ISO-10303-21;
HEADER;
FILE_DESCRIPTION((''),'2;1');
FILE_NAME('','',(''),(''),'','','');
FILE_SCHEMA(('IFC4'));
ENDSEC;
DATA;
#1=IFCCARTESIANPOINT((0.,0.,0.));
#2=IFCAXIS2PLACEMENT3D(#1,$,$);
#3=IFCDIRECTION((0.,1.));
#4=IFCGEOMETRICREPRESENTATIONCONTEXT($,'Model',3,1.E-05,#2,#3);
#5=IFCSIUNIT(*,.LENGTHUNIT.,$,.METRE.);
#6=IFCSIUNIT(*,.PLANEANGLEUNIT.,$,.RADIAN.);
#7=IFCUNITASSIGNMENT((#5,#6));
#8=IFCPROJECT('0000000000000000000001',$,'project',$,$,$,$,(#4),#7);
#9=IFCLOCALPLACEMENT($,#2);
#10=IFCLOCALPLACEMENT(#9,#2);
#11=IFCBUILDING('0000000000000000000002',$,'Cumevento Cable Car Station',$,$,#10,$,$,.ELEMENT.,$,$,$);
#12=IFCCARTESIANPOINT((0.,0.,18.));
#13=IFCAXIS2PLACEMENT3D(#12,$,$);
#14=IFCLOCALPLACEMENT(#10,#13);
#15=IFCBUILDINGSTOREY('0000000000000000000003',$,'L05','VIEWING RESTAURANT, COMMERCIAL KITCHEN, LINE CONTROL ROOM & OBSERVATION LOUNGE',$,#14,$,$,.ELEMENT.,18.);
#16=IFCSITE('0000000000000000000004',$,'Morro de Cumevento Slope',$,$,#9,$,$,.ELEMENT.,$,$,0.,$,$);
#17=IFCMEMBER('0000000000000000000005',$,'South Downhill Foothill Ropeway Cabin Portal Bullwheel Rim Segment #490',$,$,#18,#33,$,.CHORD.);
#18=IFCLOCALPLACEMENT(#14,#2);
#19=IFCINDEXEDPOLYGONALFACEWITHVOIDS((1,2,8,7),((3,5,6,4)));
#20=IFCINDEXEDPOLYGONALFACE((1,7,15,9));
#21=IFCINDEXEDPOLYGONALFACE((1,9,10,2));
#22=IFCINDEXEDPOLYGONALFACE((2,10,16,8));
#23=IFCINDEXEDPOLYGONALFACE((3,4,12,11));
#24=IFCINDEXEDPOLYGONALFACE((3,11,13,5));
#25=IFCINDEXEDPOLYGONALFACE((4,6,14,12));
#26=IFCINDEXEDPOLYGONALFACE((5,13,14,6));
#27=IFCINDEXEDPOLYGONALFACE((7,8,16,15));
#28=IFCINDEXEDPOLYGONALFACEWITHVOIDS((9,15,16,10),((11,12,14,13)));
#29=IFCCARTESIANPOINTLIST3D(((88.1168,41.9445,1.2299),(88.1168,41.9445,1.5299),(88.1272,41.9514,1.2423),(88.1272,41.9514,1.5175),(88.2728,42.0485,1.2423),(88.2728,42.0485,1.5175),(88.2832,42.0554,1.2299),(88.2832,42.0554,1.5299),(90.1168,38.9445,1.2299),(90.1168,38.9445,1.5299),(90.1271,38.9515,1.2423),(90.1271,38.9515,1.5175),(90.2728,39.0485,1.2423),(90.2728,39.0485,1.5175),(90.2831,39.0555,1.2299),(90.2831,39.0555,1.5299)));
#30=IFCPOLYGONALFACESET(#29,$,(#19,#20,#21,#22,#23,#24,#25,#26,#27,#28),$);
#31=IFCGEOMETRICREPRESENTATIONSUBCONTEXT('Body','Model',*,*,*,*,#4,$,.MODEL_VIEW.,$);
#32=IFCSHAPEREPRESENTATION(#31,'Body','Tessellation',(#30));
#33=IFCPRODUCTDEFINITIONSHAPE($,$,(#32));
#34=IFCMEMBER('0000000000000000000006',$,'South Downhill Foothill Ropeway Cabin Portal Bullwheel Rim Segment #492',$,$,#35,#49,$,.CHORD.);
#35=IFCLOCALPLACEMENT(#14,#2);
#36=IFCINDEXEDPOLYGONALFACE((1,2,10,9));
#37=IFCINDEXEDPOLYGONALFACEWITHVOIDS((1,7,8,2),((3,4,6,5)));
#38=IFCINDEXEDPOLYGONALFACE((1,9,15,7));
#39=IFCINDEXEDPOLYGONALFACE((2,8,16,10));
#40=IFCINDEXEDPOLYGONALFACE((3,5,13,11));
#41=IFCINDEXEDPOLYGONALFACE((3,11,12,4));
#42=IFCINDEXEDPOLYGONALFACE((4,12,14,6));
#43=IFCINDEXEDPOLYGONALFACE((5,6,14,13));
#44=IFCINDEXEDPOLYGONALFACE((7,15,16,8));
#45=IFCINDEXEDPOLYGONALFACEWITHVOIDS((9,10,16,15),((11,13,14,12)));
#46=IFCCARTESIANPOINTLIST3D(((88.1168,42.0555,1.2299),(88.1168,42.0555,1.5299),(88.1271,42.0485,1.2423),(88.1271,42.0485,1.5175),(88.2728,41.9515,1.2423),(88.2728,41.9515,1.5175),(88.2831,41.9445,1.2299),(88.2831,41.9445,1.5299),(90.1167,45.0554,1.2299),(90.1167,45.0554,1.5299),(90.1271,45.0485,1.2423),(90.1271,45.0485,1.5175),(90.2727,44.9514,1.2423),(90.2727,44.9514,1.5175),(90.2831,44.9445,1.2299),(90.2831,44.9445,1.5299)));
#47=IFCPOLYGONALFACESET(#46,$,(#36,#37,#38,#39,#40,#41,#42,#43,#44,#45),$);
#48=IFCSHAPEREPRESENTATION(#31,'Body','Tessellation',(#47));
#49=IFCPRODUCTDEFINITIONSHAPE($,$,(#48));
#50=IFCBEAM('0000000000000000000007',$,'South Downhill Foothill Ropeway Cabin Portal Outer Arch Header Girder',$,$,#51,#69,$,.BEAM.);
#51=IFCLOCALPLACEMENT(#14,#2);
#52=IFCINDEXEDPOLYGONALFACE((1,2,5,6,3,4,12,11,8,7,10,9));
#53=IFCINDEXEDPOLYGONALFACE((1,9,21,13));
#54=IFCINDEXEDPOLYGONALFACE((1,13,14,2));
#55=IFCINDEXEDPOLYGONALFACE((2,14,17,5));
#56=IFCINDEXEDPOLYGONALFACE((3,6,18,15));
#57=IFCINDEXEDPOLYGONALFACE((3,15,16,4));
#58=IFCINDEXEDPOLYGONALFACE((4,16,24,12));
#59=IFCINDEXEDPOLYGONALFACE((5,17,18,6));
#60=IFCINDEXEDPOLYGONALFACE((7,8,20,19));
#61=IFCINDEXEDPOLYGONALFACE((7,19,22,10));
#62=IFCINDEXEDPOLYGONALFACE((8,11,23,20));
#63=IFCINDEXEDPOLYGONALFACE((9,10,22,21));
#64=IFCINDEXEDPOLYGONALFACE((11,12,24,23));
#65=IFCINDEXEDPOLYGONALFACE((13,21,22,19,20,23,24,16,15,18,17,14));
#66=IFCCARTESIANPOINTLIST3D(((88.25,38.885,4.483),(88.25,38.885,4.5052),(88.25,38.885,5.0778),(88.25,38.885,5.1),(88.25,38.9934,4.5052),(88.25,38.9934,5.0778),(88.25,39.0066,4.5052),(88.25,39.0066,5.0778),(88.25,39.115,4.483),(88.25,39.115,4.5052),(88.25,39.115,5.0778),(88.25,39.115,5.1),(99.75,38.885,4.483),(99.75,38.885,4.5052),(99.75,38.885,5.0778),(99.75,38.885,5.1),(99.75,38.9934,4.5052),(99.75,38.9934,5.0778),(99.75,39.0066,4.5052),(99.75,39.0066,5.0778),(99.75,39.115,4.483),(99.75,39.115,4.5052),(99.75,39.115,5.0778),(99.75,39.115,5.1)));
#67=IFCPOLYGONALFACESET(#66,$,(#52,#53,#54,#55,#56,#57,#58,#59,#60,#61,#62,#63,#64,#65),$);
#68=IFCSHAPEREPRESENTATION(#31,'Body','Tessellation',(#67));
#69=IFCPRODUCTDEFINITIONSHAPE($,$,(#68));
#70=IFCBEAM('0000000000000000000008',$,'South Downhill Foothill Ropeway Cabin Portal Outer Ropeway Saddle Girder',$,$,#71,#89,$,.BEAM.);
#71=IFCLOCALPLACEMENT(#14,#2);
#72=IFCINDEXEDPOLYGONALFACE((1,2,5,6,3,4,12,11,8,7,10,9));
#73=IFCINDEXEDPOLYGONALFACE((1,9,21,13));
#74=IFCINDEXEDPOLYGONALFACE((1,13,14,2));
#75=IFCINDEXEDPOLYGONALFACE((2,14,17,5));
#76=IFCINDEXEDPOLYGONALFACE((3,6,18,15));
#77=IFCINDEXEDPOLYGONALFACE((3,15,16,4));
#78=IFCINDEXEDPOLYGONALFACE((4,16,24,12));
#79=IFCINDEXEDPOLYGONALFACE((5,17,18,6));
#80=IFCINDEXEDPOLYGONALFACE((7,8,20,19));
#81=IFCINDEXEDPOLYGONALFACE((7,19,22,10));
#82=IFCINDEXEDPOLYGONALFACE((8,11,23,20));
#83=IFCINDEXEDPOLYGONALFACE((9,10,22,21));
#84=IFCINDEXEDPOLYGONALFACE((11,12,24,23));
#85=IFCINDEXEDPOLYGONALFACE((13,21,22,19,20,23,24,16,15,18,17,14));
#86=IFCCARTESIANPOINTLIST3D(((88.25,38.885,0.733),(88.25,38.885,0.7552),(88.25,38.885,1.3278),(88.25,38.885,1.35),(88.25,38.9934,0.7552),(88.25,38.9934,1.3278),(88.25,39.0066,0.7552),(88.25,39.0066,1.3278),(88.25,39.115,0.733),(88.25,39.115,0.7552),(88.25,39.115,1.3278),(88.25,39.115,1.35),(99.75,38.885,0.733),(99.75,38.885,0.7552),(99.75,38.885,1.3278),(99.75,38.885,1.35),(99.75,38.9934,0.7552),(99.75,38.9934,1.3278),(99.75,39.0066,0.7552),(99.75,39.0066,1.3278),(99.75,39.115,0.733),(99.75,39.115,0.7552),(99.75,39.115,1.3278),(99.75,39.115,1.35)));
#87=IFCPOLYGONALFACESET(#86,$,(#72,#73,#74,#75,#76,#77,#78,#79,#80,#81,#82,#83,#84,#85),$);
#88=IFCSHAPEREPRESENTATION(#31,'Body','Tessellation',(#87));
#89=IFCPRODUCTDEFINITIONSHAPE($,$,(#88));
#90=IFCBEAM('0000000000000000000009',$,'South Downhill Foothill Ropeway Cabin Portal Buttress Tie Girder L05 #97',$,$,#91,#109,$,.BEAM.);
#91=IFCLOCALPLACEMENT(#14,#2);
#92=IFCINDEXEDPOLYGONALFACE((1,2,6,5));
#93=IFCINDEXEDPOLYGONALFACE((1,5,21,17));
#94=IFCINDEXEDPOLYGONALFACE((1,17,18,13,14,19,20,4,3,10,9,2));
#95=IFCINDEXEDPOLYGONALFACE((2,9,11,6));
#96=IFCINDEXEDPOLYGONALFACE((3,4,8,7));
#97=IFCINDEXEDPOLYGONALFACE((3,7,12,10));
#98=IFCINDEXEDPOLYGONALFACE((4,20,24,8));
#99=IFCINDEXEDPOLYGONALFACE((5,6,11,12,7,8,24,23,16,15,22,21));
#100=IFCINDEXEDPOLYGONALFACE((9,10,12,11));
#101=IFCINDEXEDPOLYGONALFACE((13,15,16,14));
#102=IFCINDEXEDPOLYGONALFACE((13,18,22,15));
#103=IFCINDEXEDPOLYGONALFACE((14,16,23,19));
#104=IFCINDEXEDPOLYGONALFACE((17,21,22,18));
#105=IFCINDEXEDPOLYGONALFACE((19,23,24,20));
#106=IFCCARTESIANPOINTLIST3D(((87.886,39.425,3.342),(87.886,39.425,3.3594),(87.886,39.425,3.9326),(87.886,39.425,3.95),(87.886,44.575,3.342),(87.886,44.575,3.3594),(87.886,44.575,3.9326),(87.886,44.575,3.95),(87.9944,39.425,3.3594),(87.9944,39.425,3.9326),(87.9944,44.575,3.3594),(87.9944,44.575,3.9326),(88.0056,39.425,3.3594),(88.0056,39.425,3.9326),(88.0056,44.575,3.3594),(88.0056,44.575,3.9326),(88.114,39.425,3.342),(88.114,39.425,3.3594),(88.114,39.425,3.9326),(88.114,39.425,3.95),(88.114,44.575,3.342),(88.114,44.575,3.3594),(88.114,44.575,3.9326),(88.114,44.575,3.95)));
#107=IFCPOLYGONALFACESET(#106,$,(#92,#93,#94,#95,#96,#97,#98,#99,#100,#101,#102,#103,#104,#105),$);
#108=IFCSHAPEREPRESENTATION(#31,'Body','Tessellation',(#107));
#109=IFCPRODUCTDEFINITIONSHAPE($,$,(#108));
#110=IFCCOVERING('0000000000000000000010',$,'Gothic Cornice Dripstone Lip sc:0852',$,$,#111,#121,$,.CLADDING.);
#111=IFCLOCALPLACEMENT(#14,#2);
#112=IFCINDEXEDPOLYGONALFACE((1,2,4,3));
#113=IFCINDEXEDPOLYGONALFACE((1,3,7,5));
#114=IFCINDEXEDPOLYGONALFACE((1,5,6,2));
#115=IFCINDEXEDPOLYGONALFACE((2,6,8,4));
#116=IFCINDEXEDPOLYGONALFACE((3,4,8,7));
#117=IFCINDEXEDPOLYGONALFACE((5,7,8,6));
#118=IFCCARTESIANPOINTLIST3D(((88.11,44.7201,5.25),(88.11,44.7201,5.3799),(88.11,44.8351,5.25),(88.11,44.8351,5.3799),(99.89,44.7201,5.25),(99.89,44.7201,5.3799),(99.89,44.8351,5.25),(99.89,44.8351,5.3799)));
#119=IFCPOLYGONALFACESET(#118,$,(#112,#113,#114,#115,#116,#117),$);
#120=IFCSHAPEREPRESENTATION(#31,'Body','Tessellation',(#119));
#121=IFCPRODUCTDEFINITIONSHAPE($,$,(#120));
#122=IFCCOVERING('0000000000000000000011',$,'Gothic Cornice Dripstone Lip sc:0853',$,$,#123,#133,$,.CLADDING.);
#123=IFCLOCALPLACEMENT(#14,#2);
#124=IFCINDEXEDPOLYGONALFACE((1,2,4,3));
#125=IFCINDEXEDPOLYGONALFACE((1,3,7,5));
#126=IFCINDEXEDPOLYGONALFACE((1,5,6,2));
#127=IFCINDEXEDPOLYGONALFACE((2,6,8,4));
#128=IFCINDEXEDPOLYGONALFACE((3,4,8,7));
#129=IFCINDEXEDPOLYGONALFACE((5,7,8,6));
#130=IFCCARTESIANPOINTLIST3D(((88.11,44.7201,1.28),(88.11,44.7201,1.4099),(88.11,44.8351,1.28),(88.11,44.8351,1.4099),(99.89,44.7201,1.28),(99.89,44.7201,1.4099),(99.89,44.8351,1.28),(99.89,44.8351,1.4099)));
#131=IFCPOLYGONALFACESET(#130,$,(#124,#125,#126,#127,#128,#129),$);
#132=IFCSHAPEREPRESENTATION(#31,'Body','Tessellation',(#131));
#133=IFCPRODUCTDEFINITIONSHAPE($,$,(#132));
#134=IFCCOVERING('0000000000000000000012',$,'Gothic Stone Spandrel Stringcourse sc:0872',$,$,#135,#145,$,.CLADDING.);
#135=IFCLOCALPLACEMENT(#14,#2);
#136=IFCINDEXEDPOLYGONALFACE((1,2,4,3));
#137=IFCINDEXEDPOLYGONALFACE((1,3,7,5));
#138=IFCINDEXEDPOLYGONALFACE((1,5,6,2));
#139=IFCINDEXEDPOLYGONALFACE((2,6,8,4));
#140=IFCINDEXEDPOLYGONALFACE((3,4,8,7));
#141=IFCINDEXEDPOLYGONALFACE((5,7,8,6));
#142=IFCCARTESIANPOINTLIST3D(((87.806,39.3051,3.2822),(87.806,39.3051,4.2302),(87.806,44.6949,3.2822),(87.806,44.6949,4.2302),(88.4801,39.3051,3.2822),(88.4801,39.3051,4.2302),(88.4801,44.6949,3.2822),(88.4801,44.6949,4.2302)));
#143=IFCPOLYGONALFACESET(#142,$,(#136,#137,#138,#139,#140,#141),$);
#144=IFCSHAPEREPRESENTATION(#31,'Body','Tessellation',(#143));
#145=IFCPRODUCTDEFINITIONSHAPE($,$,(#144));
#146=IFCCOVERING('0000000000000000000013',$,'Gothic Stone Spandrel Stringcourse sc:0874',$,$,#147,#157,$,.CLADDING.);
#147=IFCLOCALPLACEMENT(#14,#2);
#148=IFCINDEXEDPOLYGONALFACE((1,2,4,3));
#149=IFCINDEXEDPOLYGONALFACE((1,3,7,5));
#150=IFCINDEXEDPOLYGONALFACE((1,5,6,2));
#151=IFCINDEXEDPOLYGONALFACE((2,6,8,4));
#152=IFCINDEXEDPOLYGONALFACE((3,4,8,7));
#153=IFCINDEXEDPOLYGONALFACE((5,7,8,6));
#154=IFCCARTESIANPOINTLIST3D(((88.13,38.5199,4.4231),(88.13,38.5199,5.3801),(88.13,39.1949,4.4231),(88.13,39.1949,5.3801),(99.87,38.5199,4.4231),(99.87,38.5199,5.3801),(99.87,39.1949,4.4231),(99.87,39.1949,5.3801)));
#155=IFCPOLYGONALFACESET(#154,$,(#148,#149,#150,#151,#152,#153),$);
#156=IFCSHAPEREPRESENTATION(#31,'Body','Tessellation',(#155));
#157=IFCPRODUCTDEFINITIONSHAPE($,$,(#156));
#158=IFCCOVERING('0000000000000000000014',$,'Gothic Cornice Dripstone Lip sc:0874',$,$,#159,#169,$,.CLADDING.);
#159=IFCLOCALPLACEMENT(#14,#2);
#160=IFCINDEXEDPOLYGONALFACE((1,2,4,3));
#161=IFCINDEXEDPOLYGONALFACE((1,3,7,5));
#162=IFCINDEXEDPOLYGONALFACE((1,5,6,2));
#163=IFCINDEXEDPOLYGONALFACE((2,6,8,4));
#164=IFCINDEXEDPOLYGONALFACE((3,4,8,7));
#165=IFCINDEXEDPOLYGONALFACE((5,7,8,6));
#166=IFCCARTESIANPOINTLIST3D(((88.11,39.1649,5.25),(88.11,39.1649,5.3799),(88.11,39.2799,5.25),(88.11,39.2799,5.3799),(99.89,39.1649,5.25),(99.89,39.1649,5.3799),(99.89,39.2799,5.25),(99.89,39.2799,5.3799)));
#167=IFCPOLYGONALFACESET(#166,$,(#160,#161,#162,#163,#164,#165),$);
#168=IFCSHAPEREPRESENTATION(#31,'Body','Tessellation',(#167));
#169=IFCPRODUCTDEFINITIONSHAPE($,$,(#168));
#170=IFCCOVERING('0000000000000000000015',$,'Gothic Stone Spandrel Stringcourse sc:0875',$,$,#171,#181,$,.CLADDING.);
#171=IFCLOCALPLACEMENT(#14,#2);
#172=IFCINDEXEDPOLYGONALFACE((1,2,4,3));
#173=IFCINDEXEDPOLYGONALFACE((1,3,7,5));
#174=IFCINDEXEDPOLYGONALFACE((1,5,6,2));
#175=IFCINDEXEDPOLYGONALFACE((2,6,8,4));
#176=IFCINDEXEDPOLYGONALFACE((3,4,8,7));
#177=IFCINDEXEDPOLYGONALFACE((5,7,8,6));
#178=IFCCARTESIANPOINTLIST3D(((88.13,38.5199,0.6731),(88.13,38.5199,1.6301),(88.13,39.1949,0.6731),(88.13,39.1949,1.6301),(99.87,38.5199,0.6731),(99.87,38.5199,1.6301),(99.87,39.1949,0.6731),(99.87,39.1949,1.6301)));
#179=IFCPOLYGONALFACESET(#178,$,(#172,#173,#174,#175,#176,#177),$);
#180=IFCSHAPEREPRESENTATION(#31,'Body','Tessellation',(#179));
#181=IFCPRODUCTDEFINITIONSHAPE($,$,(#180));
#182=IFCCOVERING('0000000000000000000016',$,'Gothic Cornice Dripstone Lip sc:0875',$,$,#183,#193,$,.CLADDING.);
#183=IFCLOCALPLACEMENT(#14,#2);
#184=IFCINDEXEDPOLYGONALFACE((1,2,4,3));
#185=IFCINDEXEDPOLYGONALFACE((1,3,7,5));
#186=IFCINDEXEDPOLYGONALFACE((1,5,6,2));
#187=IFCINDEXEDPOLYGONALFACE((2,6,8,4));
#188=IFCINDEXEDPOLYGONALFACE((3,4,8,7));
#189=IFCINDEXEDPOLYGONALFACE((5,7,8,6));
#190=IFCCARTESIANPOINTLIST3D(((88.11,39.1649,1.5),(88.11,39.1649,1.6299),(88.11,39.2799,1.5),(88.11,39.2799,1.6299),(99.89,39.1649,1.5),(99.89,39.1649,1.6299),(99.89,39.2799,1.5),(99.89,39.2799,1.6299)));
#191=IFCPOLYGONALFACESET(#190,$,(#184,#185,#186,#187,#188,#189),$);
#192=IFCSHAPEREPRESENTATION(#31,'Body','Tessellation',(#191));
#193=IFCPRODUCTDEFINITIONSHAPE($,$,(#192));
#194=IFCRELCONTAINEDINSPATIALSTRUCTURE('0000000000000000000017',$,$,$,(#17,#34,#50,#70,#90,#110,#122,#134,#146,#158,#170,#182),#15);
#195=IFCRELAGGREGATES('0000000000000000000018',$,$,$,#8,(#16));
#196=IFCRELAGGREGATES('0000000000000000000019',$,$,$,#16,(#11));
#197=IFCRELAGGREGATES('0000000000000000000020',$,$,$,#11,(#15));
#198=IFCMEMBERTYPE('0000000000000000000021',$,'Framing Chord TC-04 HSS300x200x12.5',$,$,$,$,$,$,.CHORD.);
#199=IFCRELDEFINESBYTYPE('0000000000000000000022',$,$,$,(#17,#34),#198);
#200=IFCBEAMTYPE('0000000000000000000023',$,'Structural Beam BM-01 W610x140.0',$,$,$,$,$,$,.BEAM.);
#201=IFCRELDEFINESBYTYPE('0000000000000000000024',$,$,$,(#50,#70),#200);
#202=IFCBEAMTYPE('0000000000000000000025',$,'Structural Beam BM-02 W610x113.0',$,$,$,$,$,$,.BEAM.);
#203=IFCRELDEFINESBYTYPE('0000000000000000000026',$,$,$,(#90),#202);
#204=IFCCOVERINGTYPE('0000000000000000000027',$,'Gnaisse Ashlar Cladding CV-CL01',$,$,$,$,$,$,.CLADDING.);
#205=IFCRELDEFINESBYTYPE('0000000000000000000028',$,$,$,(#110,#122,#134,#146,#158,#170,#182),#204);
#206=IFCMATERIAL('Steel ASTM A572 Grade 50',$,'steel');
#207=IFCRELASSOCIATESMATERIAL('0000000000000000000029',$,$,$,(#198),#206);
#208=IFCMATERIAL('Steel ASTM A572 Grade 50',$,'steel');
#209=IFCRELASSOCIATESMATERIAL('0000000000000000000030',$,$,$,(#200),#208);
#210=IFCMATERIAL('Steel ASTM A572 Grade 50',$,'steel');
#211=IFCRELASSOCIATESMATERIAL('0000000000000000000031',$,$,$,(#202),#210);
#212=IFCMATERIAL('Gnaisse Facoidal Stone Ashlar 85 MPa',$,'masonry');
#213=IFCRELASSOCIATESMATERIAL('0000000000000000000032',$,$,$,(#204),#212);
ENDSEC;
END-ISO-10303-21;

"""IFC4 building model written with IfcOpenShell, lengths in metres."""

from ifc_helpers import new_model, si_unit, direction, frame, origin, origin_2d, place, context, subcontext, project, spatial, rectangle, hollow_rectangle, i_section, extrude, material, material_profile, profile_set, type_object, element, save


model = new_model("IFC4")

# Units and contexts
model_context = context("Model", 3, precision=1e-05, world=origin(), true_north=direction((0.0, 1.0)))
body_context = subcontext(model_context, "Body", "Model", "MODEL_VIEW")
ifc_project = project(units=[si_unit("LENGTHUNIT", "METRE"), si_unit("PLANEANGLEUNIT", "RADIAN")], contexts=[model_context])

# Site, building, storey
site_placement = place(None, origin())
site = spatial("IfcSite", under=ifc_project, at=site_placement, Name="Morro de Cumevento Slope", CompositionType="ELEMENT", RefElevation=0.0)
building_placement = place(site_placement, origin())
building = spatial("IfcBuilding", under=site, at=building_placement, Name="Cumevento Cable Car Station", CompositionType="ELEMENT")
storey_placement = place(building_placement, frame((0.0, 0.0, 18.0)))
storey = spatial("IfcBuildingStorey", under=building, at=storey_placement, Name="L05", Description="VIEWING RESTAURANT, COMMERCIAL KITCHEN, LINE CONTROL ROOM & OBSERVATION LOUNGE", CompositionType="ELEMENT", Elevation=18.0)

# Members
ifc_material_1 = material(Name="Steel ASTM A572 Grade 50", Category="steel")
ifc_material_profile_1 = material_profile(ifc_material_1, hollow_rectangle(XDim=0.2, YDim=0.3, WallThickness=0.0125, at=origin_2d()), Name="HSS300x200x12.5")
ifc_profile_set_1 = profile_set([ifc_material_profile_1], Name="Steel ASTM A572 Grade 50")
member_type_1 = type_object("IfcMemberType", Name="Framing Chord TC-04 HSS300x200x12.5", PredefinedType="CHORD", material=ifc_profile_set_1)
for number, where, z_axis, x_axis, name in (
    (1, (90.2, 39.0, 1.3799), (-0.5547, 0.83205, 0.0), (-0.83205, -0.5547, 0.0), "South Downhill Foothill Ropeway Cabin Portal Bullwheel Rim Segment #490"),
    (2, (88.2, 42.0, 1.3799), (0.5547, 0.83205, 0.0), (-0.83205, 0.5547, 0.0), "South Downhill Foothill Ropeway Cabin Portal Bullwheel Rim Segment #492"),
):
    element("IfcMember", number, at=place(storey_placement, frame(where, z_axis=z_axis, x_axis=x_axis)), inside=storey, type_object=member_type_1, Name=name, PredefinedType="CHORD", context=body_context, shape_type="SweptSolid", body=[
        extrude(hollow_rectangle(XDim=0.2, YDim=0.3, WallThickness=0.0125, at=origin_2d()), origin(), (0.0, 0.0, 1.0), 3.6055),
    ])

# Beams
ifc_material_2 = material(Name="Steel ASTM A572 Grade 50", Category="steel")
ifc_material_profile_2 = material_profile(ifc_material_2, i_section(OverallWidth=0.23, OverallDepth=0.6169, WebThickness=0.0132, FlangeThickness=0.0222, at=origin_2d()), Name="W610x140.0")
ifc_profile_set_2 = profile_set([ifc_material_profile_2], Name="Steel ASTM A572 Grade 50")
beam_type_1 = type_object("IfcBeamType", Name="Structural Beam BM-01 W610x140.0", PredefinedType="BEAM", material=ifc_profile_set_2)
for number, where, z_axis, x_axis, name in (
    (3, (88.25, 39.0, 4.7915), (1.0, 0.0, 0.0), (0.0, 1.0, 0.0), "South Downhill Foothill Ropeway Cabin Portal Outer Arch Header Girder"),
    (4, (88.25, 39.0, 1.0415), (1.0, 0.0, 0.0), (0.0, 1.0, 0.0), "South Downhill Foothill Ropeway Cabin Portal Outer Ropeway Saddle Girder"),
):
    element("IfcBeam", number, at=place(storey_placement, frame(where, z_axis=z_axis, x_axis=x_axis)), inside=storey, type_object=beam_type_1, Name=name, PredefinedType="BEAM", context=body_context, shape_type="SweptSolid", body=[
        extrude(i_section(OverallWidth=0.23, OverallDepth=0.6169, WebThickness=0.0132, FlangeThickness=0.0222, at=origin_2d()), origin(), (0.0, 0.0, 1.0), 11.5),
    ])
ifc_material_3 = material(Name="Steel ASTM A572 Grade 50", Category="steel")
ifc_material_profile_3 = material_profile(ifc_material_3, i_section(OverallWidth=0.228, OverallDepth=0.6079, WebThickness=0.0112, FlangeThickness=0.0173, at=origin_2d()), Name="W610x113.0")
ifc_profile_set_3 = profile_set([ifc_material_profile_3], Name="Steel ASTM A572 Grade 50")
beam_type_2 = type_object("IfcBeamType", Name="Structural Beam BM-02 W610x113.0", PredefinedType="BEAM", material=ifc_profile_set_3)
beam_placement = place(storey_placement, frame((88.0, 39.425, 3.646), z_axis=(0.0, 1.0, 0.0), x_axis=(-1.0, 0.0, 0.0)))
element("IfcBeam", 5, at=beam_placement, inside=storey, type_object=beam_type_2, Name="South Downhill Foothill Ropeway Cabin Portal Buttress Tie Girder L05 #97", PredefinedType="BEAM", context=body_context, shape_type="SweptSolid", body=[
    extrude(i_section(OverallWidth=0.228, OverallDepth=0.6079, WebThickness=0.0112, FlangeThickness=0.0173, at=origin_2d()), origin(), (0.0, 0.0, 1.0), 5.1499),
])

# Coverings
ifc_material_4 = material(Name="Gnaisse Facoidal Stone Ashlar 85 MPa", Category="masonry")
covering_type = type_object("IfcCoveringType", Name="Gnaisse Ashlar Cladding CV-CL01", PredefinedType="CLADDING", material=ifc_material_4)
for number, where, z_axis, x_axis, name in (
    (6, (94.0, 44.7776, 5.25), (0.0, 0.0, 1.0), (-1.0, 0.0, 0.0), "Gothic Cornice Dripstone Lip sc:0852"),
    (7, (94.0, 44.7776, 1.28), (0.0, 0.0, 1.0), (-1.0, 0.0, 0.0), "Gothic Cornice Dripstone Lip sc:0853"),
):
    element("IfcCovering", number, at=place(storey_placement, frame(where, z_axis=z_axis, x_axis=x_axis)), inside=storey, type_object=covering_type, Name=name, PredefinedType="CLADDING", context=body_context, shape_type="SweptSolid", body=[
        extrude(rectangle(XDim=11.78, YDim=0.115, at=origin_2d()), origin(), (0.0, 0.0, 1.0), 0.1299),
    ])
covering_1_placement = place(storey_placement, frame((88.1431, 42.0, 3.2822), z_axis=(0.0, 0.0, 1.0), x_axis=(0.0, 1.0, 0.0)))
element("IfcCovering", 8, at=covering_1_placement, inside=storey, type_object=covering_type, Name="Gothic Stone Spandrel Stringcourse sc:0872", PredefinedType="CLADDING", context=body_context, shape_type="SweptSolid", body=[
    extrude(rectangle(XDim=5.3899, YDim=0.6741, at=origin_2d()), origin(), (0.0, 0.0, 1.0), 0.948),
])
covering_2_placement = place(storey_placement, frame((94.0, 38.8574, 4.4231), z_axis=(0.0, 0.0, 1.0), x_axis=(1.0, 0.0, 0.0)))
element("IfcCovering", 9, at=covering_2_placement, inside=storey, type_object=covering_type, Name="Gothic Stone Spandrel Stringcourse sc:0874", PredefinedType="CLADDING", context=body_context, shape_type="SweptSolid", body=[
    extrude(rectangle(XDim=11.74, YDim=0.675, at=origin_2d()), origin(), (0.0, 0.0, 1.0), 0.957),
])
covering_3_placement = place(storey_placement, frame((94.0, 39.2224, 5.25), z_axis=(0.0, 0.0, 1.0), x_axis=(1.0, 0.0, 0.0)))
element("IfcCovering", 10, at=covering_3_placement, inside=storey, type_object=covering_type, Name="Gothic Cornice Dripstone Lip sc:0874", PredefinedType="CLADDING", context=body_context, shape_type="SweptSolid", body=[
    extrude(rectangle(XDim=11.78, YDim=0.115, at=origin_2d()), origin(), (0.0, 0.0, 1.0), 0.1299),
])
covering_4_placement = place(storey_placement, frame((94.0, 38.8574, 0.6731), z_axis=(0.0, 0.0, 1.0), x_axis=(1.0, 0.0, 0.0)))
element("IfcCovering", 11, at=covering_4_placement, inside=storey, type_object=covering_type, Name="Gothic Stone Spandrel Stringcourse sc:0875", PredefinedType="CLADDING", context=body_context, shape_type="SweptSolid", body=[
    extrude(rectangle(XDim=11.74, YDim=0.675, at=origin_2d()), origin(), (0.0, 0.0, 1.0), 0.957),
])
covering_5_placement = place(storey_placement, frame((94.0, 39.2224, 1.5), z_axis=(0.0, 0.0, 1.0), x_axis=(1.0, 0.0, 0.0)))
element("IfcCovering", 12, at=covering_5_placement, inside=storey, type_object=covering_type, Name="Gothic Cornice Dripstone Lip sc:0875", PredefinedType="CLADDING", context=body_context, shape_type="SweptSolid", body=[
    extrude(rectangle(XDim=11.78, YDim=0.115, at=origin_2d()), origin(), (0.0, 0.0, 1.0), 0.1299),
])

save(model, "model.ifc")
